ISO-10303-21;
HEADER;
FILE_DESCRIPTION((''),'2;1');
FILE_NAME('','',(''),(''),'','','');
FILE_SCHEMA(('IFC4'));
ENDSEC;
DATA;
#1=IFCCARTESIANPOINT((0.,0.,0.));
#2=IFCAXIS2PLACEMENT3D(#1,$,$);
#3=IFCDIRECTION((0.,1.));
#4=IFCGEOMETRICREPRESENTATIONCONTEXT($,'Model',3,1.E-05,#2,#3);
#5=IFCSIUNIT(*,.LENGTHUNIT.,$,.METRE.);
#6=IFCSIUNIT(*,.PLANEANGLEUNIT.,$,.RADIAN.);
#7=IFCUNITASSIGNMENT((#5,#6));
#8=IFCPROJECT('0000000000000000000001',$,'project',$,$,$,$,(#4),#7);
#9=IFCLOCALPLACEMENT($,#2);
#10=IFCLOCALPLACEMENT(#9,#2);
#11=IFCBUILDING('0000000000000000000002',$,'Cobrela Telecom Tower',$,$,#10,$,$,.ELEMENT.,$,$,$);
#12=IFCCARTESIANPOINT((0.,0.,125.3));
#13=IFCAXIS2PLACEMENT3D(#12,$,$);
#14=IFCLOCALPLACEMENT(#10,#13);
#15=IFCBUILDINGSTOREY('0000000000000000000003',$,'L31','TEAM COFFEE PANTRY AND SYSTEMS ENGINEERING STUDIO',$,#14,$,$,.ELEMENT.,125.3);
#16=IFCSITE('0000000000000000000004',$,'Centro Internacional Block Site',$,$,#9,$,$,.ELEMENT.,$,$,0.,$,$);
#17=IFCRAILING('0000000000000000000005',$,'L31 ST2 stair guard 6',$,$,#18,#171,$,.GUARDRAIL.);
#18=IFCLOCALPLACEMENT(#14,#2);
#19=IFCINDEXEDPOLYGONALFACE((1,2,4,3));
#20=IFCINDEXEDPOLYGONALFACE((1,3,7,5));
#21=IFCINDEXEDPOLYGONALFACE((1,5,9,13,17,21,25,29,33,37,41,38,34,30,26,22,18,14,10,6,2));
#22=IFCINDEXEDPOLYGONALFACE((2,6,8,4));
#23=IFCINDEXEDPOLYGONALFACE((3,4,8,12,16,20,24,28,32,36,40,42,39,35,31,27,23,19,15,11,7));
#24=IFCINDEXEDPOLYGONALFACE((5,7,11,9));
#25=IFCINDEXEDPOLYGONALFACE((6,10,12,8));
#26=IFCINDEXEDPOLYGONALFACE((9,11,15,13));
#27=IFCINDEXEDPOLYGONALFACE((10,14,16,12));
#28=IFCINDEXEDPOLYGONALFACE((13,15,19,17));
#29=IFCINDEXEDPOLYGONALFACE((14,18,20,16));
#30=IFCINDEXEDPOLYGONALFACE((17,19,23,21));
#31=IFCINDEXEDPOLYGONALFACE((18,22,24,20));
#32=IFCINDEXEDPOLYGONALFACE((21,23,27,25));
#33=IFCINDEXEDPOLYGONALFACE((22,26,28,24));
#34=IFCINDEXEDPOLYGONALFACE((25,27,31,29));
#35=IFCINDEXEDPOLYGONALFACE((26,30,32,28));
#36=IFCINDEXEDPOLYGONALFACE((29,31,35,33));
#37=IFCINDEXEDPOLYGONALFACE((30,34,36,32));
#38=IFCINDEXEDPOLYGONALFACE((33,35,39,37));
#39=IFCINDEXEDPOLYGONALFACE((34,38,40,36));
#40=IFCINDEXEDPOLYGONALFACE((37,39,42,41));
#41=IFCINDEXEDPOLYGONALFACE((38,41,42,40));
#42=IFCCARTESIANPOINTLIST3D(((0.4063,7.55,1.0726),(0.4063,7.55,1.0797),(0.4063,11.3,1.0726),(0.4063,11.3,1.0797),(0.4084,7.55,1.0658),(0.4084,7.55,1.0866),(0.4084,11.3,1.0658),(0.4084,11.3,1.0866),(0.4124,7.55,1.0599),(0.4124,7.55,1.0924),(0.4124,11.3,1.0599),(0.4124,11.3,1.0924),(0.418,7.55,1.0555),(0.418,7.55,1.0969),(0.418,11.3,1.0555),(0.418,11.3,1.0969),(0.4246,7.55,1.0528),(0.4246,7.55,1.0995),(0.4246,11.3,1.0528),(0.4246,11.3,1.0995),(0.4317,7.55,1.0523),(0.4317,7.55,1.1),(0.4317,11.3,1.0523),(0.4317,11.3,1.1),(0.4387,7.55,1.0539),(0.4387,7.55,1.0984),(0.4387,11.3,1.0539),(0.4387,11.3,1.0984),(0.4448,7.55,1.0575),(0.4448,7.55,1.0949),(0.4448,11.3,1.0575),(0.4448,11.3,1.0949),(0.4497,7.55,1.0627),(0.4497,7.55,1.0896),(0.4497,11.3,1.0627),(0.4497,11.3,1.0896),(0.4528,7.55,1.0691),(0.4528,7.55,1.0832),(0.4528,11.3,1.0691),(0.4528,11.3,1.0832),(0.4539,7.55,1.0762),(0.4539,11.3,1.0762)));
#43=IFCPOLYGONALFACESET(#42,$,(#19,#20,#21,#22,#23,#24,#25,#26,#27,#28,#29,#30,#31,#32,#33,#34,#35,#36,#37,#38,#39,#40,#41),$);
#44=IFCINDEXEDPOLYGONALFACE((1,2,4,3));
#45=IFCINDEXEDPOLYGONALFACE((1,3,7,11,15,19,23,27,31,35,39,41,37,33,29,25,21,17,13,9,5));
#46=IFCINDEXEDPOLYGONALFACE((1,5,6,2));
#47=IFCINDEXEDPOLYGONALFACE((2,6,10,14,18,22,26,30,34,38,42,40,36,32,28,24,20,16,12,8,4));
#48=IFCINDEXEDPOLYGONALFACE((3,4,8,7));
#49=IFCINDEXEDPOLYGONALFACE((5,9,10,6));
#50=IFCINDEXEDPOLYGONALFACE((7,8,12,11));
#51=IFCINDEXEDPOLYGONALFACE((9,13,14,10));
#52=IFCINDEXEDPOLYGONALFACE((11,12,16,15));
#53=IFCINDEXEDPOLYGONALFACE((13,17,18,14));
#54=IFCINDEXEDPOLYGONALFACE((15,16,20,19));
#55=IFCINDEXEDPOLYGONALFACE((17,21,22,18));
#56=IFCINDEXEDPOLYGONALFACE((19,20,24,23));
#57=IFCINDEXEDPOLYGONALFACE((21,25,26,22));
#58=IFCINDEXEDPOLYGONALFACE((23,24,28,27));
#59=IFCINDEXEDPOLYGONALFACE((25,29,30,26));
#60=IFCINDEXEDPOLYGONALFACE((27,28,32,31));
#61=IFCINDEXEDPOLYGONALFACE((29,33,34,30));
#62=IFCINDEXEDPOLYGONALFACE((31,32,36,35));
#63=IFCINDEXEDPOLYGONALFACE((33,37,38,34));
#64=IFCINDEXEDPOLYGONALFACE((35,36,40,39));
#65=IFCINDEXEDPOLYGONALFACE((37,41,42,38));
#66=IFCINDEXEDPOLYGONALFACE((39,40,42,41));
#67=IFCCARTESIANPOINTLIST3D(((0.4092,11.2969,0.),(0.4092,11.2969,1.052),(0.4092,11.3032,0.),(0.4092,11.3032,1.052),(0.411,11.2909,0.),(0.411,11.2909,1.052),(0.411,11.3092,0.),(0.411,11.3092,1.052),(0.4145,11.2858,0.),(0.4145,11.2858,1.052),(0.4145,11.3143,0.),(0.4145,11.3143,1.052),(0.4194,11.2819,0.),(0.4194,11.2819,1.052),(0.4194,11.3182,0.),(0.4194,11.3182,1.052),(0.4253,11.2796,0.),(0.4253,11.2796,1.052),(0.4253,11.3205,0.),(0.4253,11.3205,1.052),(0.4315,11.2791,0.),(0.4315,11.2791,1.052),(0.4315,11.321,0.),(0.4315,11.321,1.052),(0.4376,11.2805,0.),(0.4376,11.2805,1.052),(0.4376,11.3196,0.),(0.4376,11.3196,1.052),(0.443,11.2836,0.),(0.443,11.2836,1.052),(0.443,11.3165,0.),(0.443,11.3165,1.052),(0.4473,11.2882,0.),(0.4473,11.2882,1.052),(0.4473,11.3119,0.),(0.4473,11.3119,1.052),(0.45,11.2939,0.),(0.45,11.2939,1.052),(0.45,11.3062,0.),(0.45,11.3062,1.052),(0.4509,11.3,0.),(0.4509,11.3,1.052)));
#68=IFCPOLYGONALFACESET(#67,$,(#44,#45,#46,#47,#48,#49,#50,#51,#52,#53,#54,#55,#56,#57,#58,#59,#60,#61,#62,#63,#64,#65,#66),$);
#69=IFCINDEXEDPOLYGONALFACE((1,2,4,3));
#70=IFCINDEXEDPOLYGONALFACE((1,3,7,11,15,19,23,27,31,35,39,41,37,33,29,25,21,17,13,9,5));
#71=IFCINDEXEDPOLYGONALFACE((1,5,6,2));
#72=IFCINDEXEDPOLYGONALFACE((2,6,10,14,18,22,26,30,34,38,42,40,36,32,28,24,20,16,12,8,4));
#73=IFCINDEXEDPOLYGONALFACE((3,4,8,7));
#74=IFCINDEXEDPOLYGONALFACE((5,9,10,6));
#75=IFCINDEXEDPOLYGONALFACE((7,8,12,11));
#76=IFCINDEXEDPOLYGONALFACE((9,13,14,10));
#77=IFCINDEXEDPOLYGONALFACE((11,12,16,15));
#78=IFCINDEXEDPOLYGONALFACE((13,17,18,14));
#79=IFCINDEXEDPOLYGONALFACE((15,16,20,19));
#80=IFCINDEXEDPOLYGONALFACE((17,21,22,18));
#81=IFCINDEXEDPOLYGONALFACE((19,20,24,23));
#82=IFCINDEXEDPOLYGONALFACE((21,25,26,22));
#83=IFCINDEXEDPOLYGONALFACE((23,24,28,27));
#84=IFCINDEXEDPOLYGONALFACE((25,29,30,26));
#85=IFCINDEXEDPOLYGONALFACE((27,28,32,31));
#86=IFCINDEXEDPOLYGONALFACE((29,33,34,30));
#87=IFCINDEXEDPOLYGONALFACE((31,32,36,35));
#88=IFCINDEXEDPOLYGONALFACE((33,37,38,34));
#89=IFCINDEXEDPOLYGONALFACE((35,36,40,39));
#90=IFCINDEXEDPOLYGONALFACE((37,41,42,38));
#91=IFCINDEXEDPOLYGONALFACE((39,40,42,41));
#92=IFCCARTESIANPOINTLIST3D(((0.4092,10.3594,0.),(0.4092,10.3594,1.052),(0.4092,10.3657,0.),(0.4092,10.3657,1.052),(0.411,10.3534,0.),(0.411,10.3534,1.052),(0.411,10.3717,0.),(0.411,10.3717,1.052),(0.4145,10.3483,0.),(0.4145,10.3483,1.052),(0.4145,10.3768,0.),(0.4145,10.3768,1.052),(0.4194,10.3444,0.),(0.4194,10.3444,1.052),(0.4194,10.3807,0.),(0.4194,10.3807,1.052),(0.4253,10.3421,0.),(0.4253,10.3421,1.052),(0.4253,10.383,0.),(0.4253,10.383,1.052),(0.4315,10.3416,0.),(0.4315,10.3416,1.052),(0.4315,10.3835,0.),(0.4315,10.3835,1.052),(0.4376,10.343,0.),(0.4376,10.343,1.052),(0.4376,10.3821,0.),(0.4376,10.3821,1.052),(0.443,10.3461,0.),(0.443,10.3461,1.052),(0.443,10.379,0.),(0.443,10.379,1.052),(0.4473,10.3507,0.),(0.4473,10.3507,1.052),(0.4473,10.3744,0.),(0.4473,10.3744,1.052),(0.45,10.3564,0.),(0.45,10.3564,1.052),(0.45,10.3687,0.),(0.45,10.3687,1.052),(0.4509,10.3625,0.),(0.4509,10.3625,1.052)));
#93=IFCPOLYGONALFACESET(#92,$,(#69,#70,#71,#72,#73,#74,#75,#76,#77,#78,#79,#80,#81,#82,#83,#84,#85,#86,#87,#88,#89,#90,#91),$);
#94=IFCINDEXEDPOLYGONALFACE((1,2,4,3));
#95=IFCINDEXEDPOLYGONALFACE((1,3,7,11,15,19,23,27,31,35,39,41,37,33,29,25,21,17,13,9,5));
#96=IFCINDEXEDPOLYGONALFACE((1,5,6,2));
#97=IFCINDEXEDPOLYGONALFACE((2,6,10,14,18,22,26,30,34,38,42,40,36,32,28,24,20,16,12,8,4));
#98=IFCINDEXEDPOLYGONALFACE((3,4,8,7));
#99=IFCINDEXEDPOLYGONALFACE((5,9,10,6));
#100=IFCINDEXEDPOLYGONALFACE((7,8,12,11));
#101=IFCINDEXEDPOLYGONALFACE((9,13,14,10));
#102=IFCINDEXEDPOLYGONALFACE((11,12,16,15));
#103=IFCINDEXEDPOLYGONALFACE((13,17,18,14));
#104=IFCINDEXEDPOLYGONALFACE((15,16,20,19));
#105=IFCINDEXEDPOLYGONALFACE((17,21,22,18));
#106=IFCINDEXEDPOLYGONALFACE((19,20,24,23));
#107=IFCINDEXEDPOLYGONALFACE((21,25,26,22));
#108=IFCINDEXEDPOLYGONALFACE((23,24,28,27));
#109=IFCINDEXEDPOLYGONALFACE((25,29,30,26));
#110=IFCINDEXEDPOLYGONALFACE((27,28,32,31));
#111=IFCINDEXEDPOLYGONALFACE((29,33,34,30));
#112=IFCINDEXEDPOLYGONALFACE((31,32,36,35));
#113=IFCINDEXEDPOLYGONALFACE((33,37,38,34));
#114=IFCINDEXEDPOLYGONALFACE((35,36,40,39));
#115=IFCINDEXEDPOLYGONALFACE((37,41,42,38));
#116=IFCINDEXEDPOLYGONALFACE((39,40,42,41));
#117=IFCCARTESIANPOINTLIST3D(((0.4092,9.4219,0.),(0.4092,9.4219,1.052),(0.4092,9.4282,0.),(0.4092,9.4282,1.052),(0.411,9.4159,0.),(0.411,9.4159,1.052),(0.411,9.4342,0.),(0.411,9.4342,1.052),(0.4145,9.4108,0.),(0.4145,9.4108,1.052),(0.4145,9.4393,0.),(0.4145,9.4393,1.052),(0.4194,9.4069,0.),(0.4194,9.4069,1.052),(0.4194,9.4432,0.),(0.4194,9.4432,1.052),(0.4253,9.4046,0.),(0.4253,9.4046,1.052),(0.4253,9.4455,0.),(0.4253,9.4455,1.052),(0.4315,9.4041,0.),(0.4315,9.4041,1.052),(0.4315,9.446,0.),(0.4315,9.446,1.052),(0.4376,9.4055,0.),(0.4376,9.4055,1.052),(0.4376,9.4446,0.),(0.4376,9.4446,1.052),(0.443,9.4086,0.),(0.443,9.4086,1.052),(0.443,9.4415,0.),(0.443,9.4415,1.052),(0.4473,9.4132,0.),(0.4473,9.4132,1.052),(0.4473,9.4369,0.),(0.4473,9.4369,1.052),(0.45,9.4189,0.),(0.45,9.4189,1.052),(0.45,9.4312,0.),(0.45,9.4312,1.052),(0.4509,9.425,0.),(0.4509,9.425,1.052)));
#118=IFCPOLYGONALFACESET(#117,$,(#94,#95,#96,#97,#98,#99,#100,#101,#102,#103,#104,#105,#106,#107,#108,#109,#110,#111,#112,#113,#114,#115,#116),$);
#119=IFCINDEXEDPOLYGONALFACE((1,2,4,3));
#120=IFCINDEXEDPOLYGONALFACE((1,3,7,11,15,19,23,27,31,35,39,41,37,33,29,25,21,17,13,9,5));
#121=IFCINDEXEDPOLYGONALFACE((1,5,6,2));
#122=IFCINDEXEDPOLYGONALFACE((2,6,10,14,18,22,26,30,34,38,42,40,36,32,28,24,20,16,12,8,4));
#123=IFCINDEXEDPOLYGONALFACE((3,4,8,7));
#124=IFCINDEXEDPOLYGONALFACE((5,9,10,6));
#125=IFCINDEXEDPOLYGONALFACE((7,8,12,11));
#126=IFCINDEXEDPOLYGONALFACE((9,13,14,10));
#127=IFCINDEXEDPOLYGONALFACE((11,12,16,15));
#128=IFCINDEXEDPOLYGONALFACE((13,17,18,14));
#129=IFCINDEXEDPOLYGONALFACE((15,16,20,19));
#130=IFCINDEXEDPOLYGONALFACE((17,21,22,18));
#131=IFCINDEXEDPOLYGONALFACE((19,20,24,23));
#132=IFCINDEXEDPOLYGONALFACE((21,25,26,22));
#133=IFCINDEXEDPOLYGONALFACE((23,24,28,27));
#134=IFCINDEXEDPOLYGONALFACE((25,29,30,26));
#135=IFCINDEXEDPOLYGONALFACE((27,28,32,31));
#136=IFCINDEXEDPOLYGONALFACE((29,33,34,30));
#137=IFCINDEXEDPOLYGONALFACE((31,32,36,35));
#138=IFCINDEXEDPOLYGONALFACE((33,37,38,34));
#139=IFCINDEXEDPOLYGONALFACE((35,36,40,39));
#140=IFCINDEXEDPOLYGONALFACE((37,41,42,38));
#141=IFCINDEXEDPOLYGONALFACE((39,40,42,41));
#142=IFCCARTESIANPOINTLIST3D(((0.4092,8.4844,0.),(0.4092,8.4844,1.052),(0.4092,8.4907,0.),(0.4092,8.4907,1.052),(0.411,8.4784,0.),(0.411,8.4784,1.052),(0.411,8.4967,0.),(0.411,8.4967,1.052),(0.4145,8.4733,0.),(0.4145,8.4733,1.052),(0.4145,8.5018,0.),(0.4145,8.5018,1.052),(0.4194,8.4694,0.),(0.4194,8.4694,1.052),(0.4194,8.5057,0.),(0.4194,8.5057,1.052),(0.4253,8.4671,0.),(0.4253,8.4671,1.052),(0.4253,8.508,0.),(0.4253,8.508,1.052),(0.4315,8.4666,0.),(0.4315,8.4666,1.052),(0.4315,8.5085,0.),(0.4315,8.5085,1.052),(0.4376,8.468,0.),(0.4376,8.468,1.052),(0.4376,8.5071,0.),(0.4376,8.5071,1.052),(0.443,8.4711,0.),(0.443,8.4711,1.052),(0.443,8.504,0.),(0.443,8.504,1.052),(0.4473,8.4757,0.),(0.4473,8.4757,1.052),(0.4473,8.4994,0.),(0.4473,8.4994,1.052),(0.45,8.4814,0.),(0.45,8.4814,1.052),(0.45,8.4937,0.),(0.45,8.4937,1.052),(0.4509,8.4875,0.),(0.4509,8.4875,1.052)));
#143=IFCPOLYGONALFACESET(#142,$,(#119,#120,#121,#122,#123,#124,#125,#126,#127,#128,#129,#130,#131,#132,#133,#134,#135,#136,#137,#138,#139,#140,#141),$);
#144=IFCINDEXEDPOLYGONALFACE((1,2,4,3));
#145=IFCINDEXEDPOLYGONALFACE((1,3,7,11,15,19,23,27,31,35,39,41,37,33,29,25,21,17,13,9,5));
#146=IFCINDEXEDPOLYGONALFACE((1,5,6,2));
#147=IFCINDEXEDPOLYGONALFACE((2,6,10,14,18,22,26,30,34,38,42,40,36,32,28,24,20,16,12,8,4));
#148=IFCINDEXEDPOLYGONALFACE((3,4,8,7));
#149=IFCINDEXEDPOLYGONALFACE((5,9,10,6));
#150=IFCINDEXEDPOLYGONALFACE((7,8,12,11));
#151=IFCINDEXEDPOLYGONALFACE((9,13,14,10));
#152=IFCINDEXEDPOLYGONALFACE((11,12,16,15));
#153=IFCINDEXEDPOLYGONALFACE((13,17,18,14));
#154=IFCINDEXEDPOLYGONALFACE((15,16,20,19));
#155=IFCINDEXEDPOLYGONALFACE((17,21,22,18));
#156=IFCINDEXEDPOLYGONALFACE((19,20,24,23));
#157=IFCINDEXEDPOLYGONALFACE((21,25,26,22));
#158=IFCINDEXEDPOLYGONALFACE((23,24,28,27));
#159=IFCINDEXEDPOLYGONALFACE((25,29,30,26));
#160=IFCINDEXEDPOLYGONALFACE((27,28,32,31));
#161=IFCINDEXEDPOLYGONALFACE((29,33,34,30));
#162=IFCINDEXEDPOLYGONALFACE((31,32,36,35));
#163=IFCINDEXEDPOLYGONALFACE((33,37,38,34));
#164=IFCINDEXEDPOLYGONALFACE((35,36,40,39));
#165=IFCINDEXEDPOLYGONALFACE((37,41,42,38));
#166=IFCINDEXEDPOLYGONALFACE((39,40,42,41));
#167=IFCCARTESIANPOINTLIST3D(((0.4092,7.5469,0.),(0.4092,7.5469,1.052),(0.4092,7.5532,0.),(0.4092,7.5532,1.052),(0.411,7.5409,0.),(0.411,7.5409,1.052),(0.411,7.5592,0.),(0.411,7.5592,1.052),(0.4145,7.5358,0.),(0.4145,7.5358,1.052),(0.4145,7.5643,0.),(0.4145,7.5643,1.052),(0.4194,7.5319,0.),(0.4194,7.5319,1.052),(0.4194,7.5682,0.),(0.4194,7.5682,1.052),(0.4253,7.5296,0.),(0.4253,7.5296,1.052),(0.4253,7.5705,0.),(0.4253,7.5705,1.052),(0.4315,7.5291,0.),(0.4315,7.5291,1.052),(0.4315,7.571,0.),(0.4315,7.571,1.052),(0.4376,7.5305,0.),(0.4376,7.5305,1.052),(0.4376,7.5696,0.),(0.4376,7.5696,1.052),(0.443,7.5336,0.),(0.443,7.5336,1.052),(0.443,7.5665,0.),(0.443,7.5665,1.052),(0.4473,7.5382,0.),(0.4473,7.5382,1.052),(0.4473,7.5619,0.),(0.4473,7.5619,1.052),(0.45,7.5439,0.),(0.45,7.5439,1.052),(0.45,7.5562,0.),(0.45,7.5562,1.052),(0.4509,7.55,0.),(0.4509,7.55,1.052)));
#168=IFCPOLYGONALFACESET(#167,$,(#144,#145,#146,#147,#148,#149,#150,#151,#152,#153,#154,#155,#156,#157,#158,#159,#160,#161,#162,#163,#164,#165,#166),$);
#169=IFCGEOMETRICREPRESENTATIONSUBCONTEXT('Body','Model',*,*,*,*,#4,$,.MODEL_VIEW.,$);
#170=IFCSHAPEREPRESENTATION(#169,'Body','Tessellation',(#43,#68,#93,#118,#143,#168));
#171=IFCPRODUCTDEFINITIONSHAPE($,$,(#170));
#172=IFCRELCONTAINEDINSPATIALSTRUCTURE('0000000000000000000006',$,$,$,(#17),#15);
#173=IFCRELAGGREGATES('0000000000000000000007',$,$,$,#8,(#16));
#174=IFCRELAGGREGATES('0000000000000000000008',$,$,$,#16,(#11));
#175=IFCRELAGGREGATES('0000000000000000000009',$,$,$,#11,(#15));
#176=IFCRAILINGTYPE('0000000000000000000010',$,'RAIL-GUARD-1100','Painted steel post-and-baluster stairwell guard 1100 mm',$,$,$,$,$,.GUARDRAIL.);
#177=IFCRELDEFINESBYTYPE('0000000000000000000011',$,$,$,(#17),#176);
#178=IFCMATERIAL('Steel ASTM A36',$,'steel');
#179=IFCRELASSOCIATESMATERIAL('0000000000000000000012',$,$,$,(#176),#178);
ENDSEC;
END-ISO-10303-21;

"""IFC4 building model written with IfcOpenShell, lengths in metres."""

from ifc_helpers import new_model, si_unit, direction, frame, origin, origin_2d, place, context, subcontext, project, spatial, circle, extrude, material, type_object, element, save


model = new_model("IFC4")

# Units and contexts
model_context = context("Model", 3, precision=1e-05, world=origin(), true_north=direction((0.0, 1.0)))
body_context = subcontext(model_context, "Body", "Model", "MODEL_VIEW")
ifc_project = project(units=[si_unit("LENGTHUNIT", "METRE"), si_unit("PLANEANGLEUNIT", "RADIAN")], contexts=[model_context])

# Site, building, storey
site_placement = place(None, origin())
site = spatial("IfcSite", under=ifc_project, at=site_placement, Name="Centro Internacional Block Site", CompositionType="ELEMENT", RefElevation=0.0)
building_placement = place(site_placement, origin())
building = spatial("IfcBuilding", under=site, at=building_placement, Name="Cobrela Telecom Tower", CompositionType="ELEMENT")
storey_placement = place(building_placement, frame((0.0, 0.0, 125.3)))
storey = spatial("IfcBuildingStorey", under=building, at=storey_placement, Name="L31", Description="TEAM COFFEE PANTRY AND SYSTEMS ENGINEERING STUDIO", CompositionType="ELEMENT", Elevation=125.3)

# Shared definitions
ifc_material_1 = material(Name="Steel ASTM A36", Category="steel")

# Railing
railing_type_1 = type_object("IfcRailingType", Name="RAIL-GUARD-1100", Description="Painted steel post-and-baluster stairwell guard 1100 mm", PredefinedType="GUARDRAIL", material=ifc_material_1)
railing_1_placement = place(storey_placement, frame((0.4299, 11.3, 0.0)))
element("IfcRailing", 1, at=railing_1_placement, inside=storey, type_object=railing_type_1, Name="L31 ST2 stair guard 6", PredefinedType="GUARDRAIL", context=body_context, shape_type="SweptSolid", body=[
    extrude(circle(Radius=0.0239, at=origin_2d()), frame((0.0, 0.0, 1.0762), z_axis=(0.0, -1.0, 0.0), x_axis=(1.0, 0.0, 0.0)), (0.0, 0.0, 1.0), 3.75),
    extrude(circle(Radius=0.021, at=origin_2d()), origin(), (0.0, 0.0, 1.0), 1.052),
    extrude(circle(Radius=0.021, at=origin_2d()), frame((0.0, -0.9375, 0.0)), (0.0, 0.0, 1.0), 1.052),
    extrude(circle(Radius=0.021, at=origin_2d()), frame((0.0, -1.875, 0.0)), (0.0, 0.0, 1.0), 1.052),
    extrude(circle(Radius=0.021, at=origin_2d()), frame((0.0, -2.8125, 0.0)), (0.0, 0.0, 1.0), 1.052),
    extrude(circle(Radius=0.021, at=origin_2d()), frame((0.0, -3.75, 0.0)), (0.0, 0.0, 1.0), 1.052),
])

save(model, "model.ifc")
